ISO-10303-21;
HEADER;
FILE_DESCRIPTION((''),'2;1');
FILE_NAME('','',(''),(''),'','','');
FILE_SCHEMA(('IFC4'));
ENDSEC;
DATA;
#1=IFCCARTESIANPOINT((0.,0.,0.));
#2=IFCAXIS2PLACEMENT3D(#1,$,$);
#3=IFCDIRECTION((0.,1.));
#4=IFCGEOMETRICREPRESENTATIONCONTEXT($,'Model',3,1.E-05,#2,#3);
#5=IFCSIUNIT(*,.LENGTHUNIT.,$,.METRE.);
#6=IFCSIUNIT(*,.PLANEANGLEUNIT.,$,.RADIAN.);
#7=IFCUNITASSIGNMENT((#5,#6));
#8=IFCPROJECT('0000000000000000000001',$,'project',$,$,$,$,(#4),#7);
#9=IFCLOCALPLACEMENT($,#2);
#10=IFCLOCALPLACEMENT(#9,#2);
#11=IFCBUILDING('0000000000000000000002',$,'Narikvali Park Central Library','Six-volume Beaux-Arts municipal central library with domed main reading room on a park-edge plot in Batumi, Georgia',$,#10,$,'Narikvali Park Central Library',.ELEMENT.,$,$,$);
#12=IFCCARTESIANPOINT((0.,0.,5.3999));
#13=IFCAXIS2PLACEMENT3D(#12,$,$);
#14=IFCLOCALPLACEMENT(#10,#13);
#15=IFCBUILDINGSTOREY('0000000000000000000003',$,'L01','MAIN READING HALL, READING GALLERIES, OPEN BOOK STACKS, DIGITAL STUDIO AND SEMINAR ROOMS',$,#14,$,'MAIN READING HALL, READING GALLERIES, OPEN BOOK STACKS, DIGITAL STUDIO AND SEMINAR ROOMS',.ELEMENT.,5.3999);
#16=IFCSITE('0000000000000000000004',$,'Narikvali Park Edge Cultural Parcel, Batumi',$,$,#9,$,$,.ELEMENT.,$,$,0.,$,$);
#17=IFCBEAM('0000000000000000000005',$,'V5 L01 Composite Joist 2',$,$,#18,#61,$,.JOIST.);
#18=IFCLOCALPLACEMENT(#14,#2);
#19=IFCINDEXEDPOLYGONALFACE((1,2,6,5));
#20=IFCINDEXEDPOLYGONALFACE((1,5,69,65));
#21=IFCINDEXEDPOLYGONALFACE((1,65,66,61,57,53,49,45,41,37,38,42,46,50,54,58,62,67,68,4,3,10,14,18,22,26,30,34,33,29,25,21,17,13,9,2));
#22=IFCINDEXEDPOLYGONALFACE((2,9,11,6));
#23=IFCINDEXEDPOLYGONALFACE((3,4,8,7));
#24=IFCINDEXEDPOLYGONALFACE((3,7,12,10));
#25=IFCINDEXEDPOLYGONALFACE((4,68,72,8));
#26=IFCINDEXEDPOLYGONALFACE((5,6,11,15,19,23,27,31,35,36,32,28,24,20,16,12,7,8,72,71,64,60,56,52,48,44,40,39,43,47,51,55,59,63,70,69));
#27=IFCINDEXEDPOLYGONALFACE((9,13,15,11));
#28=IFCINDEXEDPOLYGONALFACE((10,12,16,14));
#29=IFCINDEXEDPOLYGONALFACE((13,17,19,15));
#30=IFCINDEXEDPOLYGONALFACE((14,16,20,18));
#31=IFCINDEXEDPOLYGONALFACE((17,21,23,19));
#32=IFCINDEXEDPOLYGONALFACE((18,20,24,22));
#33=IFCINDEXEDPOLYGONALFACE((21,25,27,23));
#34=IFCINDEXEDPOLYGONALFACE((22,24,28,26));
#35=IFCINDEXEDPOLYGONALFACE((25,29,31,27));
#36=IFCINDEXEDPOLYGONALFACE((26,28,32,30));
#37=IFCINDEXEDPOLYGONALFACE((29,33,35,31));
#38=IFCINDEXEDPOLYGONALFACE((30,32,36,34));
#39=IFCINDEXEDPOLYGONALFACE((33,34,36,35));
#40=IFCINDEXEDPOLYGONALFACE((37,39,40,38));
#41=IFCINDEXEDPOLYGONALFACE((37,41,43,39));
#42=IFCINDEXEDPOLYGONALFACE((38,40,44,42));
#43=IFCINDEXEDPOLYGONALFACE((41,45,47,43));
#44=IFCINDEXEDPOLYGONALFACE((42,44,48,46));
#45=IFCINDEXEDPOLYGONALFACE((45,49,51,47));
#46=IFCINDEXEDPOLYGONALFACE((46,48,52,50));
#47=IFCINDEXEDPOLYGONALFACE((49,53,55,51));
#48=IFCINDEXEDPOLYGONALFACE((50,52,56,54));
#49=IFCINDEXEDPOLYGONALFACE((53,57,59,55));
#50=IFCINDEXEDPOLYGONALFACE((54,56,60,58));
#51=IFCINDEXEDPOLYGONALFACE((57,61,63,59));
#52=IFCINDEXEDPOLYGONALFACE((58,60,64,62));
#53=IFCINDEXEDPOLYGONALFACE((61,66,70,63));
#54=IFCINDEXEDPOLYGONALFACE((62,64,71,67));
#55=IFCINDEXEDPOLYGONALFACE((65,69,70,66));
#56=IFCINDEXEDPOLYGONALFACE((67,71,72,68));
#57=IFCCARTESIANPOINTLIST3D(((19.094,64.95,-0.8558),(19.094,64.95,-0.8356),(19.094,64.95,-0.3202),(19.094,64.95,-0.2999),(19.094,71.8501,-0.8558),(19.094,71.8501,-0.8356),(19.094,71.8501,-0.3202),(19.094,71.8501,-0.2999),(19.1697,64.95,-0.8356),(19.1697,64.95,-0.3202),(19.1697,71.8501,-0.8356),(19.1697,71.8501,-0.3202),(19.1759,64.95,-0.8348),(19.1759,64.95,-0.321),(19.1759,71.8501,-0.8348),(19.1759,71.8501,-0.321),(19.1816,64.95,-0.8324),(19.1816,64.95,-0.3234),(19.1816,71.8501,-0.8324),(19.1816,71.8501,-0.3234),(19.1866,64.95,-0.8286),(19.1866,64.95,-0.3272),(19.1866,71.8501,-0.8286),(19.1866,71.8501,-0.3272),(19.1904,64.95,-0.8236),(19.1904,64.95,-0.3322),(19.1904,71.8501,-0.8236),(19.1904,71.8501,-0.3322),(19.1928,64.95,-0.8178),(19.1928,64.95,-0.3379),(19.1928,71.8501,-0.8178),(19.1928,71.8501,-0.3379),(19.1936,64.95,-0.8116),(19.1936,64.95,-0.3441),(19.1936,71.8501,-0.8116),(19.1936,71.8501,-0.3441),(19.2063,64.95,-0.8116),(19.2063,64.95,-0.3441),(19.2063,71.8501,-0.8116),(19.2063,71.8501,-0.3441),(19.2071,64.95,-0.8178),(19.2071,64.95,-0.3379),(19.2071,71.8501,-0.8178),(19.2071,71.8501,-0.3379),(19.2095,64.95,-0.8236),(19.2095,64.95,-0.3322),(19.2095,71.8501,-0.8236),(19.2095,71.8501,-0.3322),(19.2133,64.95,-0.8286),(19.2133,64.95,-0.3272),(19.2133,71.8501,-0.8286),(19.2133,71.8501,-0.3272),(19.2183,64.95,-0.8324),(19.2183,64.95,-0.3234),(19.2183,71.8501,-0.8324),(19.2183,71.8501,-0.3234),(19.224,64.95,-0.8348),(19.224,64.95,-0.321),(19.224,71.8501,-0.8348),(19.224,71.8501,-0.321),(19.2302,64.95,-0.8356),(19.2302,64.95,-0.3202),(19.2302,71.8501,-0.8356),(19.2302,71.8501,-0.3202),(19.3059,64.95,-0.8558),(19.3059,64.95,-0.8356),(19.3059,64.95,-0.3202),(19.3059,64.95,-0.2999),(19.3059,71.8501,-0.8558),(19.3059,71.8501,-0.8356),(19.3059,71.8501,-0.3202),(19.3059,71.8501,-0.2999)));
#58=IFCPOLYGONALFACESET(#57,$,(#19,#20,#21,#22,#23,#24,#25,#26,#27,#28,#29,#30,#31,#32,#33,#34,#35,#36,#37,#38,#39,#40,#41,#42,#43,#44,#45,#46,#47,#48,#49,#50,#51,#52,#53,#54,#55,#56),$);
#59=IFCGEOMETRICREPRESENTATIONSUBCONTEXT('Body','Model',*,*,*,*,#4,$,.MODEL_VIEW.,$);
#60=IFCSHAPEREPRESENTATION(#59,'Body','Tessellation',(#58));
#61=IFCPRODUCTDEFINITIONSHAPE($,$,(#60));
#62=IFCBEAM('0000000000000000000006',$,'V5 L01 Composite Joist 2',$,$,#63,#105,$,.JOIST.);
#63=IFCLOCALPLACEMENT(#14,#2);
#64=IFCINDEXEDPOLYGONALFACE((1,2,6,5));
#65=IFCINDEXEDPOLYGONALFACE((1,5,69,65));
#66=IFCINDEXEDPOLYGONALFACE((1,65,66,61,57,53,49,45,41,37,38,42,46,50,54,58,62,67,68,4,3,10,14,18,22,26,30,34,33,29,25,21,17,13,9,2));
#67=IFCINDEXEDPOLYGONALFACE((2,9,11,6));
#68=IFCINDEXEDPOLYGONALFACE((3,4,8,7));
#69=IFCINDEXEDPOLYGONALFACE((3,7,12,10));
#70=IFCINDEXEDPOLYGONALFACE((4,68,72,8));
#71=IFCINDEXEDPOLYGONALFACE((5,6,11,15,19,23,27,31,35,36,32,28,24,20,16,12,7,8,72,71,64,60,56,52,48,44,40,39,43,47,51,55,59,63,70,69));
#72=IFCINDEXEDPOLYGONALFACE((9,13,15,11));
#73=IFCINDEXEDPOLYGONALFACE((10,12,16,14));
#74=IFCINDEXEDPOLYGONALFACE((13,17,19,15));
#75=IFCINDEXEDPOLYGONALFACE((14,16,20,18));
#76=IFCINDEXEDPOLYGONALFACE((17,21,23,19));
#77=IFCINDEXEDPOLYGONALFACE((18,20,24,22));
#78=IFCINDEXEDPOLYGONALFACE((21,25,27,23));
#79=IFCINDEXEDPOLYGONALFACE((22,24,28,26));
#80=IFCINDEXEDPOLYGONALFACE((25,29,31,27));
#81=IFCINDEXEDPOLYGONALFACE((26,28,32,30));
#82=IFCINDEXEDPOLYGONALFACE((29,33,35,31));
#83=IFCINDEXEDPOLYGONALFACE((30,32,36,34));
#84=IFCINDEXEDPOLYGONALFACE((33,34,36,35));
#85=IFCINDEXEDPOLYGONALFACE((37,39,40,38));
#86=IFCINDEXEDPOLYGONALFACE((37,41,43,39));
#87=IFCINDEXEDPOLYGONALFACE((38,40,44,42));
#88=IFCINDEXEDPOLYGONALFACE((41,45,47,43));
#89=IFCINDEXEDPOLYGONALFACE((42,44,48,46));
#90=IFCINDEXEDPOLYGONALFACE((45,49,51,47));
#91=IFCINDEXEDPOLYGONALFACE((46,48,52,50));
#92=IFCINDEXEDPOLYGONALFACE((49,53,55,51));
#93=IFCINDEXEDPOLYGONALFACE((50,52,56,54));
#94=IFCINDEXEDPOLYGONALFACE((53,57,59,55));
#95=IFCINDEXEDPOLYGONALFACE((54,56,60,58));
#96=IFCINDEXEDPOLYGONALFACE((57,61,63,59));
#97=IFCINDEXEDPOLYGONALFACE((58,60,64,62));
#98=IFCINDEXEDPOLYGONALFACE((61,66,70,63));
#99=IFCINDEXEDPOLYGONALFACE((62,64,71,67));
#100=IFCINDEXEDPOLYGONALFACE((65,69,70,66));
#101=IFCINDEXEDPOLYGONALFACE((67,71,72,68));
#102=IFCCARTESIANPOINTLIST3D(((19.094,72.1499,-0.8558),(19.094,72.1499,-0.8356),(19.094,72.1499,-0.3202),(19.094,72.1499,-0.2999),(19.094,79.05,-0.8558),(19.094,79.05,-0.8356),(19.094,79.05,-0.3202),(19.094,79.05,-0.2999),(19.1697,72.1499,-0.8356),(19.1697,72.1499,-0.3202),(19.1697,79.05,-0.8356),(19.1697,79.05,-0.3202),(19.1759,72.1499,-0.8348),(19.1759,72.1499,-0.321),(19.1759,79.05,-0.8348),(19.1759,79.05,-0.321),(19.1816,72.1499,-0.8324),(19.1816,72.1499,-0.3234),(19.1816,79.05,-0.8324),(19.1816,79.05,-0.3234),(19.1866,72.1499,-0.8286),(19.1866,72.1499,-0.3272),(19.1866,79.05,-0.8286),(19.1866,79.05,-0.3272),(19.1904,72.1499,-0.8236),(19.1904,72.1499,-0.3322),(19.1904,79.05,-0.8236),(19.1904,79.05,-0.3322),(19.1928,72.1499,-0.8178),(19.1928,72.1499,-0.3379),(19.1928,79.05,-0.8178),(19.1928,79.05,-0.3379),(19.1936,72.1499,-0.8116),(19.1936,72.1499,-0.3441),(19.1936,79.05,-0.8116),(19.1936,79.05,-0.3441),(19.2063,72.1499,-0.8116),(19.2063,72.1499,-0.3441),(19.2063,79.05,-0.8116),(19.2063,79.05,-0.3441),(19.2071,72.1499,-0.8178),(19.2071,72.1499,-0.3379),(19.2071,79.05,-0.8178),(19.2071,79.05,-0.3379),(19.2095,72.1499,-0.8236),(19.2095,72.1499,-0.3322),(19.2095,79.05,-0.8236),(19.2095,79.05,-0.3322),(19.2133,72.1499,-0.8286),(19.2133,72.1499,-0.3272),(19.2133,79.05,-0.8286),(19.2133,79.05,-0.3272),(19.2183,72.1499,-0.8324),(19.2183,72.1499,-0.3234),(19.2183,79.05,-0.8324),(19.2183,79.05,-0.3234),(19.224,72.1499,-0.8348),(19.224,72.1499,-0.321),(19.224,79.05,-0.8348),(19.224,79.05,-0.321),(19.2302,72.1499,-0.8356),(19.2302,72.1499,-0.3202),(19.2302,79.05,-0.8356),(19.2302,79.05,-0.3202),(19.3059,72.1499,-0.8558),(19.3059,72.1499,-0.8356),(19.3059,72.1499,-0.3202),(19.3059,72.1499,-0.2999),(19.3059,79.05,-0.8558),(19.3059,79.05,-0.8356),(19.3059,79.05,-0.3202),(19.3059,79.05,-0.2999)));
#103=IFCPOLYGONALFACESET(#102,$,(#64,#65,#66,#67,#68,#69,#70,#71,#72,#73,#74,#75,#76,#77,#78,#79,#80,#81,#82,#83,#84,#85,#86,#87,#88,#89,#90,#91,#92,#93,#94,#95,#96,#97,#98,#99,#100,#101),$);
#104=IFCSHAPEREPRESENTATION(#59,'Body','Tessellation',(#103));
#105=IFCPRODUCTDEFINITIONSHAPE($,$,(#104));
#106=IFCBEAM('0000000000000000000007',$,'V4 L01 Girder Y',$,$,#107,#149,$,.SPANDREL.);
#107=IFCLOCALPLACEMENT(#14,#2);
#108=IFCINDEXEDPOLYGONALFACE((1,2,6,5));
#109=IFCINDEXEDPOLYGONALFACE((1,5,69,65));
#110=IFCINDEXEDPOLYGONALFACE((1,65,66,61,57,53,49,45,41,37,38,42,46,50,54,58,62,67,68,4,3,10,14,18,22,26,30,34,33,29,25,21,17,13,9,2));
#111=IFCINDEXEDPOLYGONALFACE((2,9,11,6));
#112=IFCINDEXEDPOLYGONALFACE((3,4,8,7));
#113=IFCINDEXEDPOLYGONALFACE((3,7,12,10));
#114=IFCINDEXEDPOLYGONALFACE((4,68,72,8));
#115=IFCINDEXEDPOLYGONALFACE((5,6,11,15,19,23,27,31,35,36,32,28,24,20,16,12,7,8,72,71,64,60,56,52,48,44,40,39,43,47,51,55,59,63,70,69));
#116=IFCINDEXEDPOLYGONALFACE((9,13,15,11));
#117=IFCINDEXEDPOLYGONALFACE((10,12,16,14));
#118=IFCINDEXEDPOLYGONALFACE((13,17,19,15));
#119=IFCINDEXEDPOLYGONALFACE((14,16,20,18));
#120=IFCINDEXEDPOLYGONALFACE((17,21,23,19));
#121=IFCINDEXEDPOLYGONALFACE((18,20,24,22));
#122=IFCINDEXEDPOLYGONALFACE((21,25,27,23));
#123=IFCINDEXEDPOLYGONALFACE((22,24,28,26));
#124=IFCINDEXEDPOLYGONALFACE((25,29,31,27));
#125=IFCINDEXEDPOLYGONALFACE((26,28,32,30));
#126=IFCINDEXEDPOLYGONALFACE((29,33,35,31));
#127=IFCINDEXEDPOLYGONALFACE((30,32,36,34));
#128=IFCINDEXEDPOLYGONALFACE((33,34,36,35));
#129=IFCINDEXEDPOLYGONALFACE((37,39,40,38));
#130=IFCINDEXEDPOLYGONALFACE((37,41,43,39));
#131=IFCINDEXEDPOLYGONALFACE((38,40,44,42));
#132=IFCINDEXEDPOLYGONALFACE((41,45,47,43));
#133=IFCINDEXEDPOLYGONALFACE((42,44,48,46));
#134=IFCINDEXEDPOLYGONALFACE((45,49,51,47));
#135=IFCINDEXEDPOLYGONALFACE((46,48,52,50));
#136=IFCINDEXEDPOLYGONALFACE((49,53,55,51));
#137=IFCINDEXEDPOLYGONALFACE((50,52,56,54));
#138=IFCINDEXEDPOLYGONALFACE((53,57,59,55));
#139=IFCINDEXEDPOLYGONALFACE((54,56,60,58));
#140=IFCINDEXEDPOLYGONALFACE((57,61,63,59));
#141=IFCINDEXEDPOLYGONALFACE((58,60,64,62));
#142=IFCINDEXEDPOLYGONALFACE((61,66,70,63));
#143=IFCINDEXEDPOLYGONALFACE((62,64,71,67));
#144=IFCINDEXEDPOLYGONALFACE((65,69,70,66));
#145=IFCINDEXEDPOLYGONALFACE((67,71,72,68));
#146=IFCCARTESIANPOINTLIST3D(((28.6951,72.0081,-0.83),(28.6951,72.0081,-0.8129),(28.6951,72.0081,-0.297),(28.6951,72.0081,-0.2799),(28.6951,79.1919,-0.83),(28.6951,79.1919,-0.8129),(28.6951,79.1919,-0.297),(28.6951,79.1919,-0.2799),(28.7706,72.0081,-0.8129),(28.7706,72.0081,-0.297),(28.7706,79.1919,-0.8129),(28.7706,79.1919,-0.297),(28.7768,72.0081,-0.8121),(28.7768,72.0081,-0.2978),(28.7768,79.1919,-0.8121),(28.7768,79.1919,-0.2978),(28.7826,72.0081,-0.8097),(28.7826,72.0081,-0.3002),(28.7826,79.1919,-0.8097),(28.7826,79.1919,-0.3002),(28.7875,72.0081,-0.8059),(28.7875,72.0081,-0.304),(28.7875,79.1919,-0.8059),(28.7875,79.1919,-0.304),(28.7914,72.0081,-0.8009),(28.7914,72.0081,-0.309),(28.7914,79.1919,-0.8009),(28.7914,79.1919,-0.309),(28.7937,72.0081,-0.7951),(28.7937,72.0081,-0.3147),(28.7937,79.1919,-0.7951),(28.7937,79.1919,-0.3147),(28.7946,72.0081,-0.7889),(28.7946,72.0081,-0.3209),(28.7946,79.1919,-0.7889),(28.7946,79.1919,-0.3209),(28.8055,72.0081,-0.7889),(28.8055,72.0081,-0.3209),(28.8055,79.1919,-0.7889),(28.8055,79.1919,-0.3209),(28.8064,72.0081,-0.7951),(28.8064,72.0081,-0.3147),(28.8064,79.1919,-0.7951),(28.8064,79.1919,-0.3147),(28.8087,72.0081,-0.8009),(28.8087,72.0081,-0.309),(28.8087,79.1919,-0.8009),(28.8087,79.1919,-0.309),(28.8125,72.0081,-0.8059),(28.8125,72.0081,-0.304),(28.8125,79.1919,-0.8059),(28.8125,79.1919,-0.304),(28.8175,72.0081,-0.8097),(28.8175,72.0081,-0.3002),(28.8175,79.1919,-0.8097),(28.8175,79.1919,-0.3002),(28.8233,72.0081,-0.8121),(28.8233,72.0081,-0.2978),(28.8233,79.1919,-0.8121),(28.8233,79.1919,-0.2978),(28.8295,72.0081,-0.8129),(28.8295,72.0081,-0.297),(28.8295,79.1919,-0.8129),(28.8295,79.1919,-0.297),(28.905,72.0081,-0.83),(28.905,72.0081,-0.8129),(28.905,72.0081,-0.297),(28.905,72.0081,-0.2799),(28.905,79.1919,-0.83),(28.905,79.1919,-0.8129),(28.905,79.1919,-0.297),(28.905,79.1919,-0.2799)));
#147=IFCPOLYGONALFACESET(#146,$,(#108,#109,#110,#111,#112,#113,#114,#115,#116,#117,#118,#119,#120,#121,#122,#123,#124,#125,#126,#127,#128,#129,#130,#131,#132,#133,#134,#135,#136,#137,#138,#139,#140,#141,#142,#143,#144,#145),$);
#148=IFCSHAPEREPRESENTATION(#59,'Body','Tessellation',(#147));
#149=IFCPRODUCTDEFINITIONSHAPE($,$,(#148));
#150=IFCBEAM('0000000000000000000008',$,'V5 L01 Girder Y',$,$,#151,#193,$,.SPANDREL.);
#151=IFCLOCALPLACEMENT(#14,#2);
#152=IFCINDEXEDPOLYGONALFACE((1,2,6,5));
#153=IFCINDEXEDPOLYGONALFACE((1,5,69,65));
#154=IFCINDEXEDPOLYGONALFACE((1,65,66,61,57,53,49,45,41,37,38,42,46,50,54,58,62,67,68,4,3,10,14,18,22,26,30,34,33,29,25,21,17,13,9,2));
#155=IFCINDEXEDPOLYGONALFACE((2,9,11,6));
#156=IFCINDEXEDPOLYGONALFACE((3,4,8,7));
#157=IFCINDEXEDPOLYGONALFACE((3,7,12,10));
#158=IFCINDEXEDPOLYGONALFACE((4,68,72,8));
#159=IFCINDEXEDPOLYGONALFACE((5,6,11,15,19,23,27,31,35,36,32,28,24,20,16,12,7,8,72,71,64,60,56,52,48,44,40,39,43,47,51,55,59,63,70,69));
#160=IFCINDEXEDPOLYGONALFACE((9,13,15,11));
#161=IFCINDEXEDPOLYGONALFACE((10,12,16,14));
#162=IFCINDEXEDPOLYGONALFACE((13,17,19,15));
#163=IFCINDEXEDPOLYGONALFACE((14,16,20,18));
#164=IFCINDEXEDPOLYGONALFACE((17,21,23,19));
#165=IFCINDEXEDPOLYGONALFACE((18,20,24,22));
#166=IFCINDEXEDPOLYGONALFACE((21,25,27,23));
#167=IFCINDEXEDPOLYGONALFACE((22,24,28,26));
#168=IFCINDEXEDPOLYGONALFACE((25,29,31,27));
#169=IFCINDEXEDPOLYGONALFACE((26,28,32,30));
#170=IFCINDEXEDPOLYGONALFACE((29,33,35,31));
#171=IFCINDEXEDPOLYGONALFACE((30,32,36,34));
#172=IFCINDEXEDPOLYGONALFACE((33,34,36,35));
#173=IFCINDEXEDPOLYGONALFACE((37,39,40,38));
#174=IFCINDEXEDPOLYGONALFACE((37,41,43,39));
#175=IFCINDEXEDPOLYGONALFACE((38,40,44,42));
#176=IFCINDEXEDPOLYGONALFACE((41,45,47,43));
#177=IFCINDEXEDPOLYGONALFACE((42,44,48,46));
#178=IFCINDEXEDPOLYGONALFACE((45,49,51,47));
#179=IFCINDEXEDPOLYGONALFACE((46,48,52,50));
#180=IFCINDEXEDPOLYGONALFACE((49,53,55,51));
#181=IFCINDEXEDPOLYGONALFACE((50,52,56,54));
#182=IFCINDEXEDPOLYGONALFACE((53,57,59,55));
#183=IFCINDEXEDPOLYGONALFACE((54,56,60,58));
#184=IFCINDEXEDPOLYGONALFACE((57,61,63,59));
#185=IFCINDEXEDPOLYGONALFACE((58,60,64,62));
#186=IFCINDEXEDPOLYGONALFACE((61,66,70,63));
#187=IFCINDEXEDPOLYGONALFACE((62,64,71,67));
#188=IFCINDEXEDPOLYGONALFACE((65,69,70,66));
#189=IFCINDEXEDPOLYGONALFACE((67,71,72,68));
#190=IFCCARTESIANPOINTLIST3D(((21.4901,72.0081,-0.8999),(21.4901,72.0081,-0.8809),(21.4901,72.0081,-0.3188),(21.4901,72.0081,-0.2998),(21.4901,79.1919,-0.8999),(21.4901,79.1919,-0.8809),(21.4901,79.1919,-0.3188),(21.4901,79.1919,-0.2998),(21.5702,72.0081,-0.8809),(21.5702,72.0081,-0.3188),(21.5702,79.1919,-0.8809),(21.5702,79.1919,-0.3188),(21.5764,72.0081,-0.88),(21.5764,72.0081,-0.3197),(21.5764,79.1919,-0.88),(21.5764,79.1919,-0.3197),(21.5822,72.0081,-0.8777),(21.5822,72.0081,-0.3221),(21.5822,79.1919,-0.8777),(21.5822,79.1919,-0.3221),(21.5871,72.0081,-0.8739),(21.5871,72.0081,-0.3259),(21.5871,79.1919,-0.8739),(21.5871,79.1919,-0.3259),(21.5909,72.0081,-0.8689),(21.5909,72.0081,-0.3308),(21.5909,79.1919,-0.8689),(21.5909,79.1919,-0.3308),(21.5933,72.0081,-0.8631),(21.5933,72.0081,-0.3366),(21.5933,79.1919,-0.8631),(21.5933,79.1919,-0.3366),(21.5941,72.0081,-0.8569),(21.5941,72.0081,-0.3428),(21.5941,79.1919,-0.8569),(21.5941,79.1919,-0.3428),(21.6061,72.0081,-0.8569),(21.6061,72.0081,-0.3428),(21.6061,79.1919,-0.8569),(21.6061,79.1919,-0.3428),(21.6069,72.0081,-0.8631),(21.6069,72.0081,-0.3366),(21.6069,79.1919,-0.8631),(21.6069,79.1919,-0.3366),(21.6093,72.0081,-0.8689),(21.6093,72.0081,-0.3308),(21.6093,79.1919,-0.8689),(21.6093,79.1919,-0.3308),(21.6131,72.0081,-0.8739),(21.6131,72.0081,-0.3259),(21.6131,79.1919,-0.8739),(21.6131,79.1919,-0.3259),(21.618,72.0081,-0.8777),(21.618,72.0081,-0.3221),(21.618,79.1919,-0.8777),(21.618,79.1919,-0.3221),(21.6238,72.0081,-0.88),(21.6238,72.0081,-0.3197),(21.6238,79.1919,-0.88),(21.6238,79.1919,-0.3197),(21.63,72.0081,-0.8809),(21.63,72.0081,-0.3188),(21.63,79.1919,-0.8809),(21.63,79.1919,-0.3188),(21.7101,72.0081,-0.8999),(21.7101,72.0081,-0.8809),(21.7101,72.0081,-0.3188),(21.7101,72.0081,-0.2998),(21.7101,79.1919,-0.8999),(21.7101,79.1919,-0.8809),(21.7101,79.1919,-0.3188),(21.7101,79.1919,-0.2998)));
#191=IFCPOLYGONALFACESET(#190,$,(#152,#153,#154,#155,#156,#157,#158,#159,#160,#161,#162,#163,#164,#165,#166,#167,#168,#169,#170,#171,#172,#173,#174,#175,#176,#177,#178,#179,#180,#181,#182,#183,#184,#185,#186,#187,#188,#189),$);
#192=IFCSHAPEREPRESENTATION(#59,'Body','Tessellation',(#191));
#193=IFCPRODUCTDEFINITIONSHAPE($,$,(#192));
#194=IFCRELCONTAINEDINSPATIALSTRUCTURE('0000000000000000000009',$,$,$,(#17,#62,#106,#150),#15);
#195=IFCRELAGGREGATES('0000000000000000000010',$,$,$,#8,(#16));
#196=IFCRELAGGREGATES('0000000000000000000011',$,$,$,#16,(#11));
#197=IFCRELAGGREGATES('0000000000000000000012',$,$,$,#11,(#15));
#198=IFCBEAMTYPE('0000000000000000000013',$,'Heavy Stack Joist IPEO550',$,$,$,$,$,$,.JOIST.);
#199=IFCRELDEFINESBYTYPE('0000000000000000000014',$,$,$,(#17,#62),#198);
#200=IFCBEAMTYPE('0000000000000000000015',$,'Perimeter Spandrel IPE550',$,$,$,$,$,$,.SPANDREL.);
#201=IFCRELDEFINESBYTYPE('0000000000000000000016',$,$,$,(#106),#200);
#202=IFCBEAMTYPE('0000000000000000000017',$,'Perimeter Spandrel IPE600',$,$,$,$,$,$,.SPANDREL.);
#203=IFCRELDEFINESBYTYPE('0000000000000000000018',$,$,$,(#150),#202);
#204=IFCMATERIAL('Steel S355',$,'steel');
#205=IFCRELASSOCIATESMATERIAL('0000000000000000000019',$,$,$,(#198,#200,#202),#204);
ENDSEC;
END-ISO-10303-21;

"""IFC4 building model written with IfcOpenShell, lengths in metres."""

from ifc_helpers import new_model, si_unit, direction, frame, origin, origin_2d, place, context, subcontext, project, spatial, i_section, extrude, material, material_profile, profile_set, type_object, element, save


model = new_model("IFC4")

# Units and contexts
model_context = context("Model", 3, precision=1e-05, world=origin(), true_north=direction((0.0, 1.0)))
body_context = subcontext(model_context, "Body", "Model", "MODEL_VIEW")
ifc_project = project(units=[si_unit("LENGTHUNIT", "METRE"), si_unit("PLANEANGLEUNIT", "RADIAN")], contexts=[model_context])

# Site, building, storey
site_placement = place(None, origin())
site = spatial("IfcSite", under=ifc_project, at=site_placement, Name="Narikvali Park Edge Cultural Parcel, Batumi", CompositionType="ELEMENT", RefElevation=0.0)
building_placement = place(site_placement, origin())
building = spatial("IfcBuilding", under=site, at=building_placement, Name="Narikvali Park Central Library", Description="Six-volume Beaux-Arts municipal central library with domed main reading room on a park-edge plot in Batumi, Georgia", LongName="Narikvali Park Central Library", CompositionType="ELEMENT")
storey_placement = place(building_placement, frame((0.0, 0.0, 5.3999)))
storey = spatial("IfcBuildingStorey", under=building, at=storey_placement, Name="L01", Description="MAIN READING HALL, READING GALLERIES, OPEN BOOK STACKS, DIGITAL STUDIO AND SEMINAR ROOMS", LongName="MAIN READING HALL, READING GALLERIES, OPEN BOOK STACKS, DIGITAL STUDIO AND SEMINAR ROOMS", CompositionType="ELEMENT", Elevation=5.3999)

# Shared definitions
ifc_material_1 = material(Name="Steel S355", Category="steel")

# Beams
ifc_material_profile_1 = material_profile(ifc_material_1, i_section(OverallWidth=0.2119, OverallDepth=0.5559, WebThickness=0.0127, FlangeThickness=0.0203, FilletRadius=0.0239, at=origin_2d()), Name="IPEO 550")
ifc_profile_set_1 = profile_set([ifc_material_profile_1], Name="Steel S355")
beam_type_1 = type_object("IfcBeamType", Name="Heavy Stack Joist IPEO550", PredefinedType="JOIST", material=ifc_profile_set_1)
for number, where, z_axis, x_axis, name in (
    (1, (19.2, 64.95, -0.5779), (0.0, 1.0, 0.0), (-1.0, 0.0, 0.0), "V5 L01 Composite Joist 2"),
    (2, (19.2, 72.1499, -0.5779), (0.0, 1.0, 0.0), (-1.0, 0.0, 0.0), "V5 L01 Composite Joist 2"),
):
    element("IfcBeam", number, at=place(storey_placement, frame(where, z_axis=z_axis, x_axis=x_axis)), inside=storey, type_object=beam_type_1, Name=name, PredefinedType="JOIST", context=body_context, shape_type="SweptSolid", body=[
        extrude(i_section(OverallWidth=0.2119, OverallDepth=0.5559, WebThickness=0.0127, FlangeThickness=0.0203, FilletRadius=0.0239, at=origin_2d()), origin(), (0.0, 0.0, 1.0), 6.9001),
    ])
ifc_material_profile_2 = material_profile(ifc_material_1, i_section(OverallWidth=0.21, OverallDepth=0.55, WebThickness=0.011, FlangeThickness=0.0171, FilletRadius=0.0239, at=origin_2d()), Name="IPE 550")
ifc_profile_set_2 = profile_set([ifc_material_profile_2], Name="Steel S355")
beam_type_2 = type_object("IfcBeamType", Name="Perimeter Spandrel IPE550", PredefinedType="SPANDREL", material=ifc_profile_set_2)
beam_1_placement = place(storey_placement, frame((28.8, 72.0081, -0.5549), z_axis=(0.0, 1.0, 0.0), x_axis=(-1.0, 0.0, 0.0)))
element("IfcBeam", 3, at=beam_1_placement, inside=storey, type_object=beam_type_2, Name="V4 L01 Girder Y", PredefinedType="SPANDREL", context=body_context, shape_type="SweptSolid", body=[
    extrude(i_section(OverallWidth=0.21, OverallDepth=0.55, WebThickness=0.011, FlangeThickness=0.0171, FilletRadius=0.0239, at=origin_2d()), origin(), (0.0, 0.0, 1.0), 7.1838),
])
ifc_material_profile_3 = material_profile(ifc_material_1, i_section(OverallWidth=0.22, OverallDepth=0.6001, WebThickness=0.012, FlangeThickness=0.019, FilletRadius=0.0239, at=origin_2d()), Name="IPE 600")
ifc_profile_set_3 = profile_set([ifc_material_profile_3], Name="Steel S355")
beam_type_3 = type_object("IfcBeamType", Name="Perimeter Spandrel IPE600", PredefinedType="SPANDREL", material=ifc_profile_set_3)
beam_2_placement = place(storey_placement, frame((21.6001, 72.0081, -0.5999), z_axis=(0.0, 1.0, 0.0), x_axis=(-1.0, 0.0, 0.0)))
element("IfcBeam", 4, at=beam_2_placement, inside=storey, type_object=beam_type_3, Name="V5 L01 Girder Y", PredefinedType="SPANDREL", context=body_context, shape_type="SweptSolid", body=[
    extrude(i_section(OverallWidth=0.22, OverallDepth=0.6001, WebThickness=0.012, FlangeThickness=0.019, FilletRadius=0.0239, at=origin_2d()), origin(), (0.0, 0.0, 1.0), 7.1838),
])

save(model, "model.ifc")
